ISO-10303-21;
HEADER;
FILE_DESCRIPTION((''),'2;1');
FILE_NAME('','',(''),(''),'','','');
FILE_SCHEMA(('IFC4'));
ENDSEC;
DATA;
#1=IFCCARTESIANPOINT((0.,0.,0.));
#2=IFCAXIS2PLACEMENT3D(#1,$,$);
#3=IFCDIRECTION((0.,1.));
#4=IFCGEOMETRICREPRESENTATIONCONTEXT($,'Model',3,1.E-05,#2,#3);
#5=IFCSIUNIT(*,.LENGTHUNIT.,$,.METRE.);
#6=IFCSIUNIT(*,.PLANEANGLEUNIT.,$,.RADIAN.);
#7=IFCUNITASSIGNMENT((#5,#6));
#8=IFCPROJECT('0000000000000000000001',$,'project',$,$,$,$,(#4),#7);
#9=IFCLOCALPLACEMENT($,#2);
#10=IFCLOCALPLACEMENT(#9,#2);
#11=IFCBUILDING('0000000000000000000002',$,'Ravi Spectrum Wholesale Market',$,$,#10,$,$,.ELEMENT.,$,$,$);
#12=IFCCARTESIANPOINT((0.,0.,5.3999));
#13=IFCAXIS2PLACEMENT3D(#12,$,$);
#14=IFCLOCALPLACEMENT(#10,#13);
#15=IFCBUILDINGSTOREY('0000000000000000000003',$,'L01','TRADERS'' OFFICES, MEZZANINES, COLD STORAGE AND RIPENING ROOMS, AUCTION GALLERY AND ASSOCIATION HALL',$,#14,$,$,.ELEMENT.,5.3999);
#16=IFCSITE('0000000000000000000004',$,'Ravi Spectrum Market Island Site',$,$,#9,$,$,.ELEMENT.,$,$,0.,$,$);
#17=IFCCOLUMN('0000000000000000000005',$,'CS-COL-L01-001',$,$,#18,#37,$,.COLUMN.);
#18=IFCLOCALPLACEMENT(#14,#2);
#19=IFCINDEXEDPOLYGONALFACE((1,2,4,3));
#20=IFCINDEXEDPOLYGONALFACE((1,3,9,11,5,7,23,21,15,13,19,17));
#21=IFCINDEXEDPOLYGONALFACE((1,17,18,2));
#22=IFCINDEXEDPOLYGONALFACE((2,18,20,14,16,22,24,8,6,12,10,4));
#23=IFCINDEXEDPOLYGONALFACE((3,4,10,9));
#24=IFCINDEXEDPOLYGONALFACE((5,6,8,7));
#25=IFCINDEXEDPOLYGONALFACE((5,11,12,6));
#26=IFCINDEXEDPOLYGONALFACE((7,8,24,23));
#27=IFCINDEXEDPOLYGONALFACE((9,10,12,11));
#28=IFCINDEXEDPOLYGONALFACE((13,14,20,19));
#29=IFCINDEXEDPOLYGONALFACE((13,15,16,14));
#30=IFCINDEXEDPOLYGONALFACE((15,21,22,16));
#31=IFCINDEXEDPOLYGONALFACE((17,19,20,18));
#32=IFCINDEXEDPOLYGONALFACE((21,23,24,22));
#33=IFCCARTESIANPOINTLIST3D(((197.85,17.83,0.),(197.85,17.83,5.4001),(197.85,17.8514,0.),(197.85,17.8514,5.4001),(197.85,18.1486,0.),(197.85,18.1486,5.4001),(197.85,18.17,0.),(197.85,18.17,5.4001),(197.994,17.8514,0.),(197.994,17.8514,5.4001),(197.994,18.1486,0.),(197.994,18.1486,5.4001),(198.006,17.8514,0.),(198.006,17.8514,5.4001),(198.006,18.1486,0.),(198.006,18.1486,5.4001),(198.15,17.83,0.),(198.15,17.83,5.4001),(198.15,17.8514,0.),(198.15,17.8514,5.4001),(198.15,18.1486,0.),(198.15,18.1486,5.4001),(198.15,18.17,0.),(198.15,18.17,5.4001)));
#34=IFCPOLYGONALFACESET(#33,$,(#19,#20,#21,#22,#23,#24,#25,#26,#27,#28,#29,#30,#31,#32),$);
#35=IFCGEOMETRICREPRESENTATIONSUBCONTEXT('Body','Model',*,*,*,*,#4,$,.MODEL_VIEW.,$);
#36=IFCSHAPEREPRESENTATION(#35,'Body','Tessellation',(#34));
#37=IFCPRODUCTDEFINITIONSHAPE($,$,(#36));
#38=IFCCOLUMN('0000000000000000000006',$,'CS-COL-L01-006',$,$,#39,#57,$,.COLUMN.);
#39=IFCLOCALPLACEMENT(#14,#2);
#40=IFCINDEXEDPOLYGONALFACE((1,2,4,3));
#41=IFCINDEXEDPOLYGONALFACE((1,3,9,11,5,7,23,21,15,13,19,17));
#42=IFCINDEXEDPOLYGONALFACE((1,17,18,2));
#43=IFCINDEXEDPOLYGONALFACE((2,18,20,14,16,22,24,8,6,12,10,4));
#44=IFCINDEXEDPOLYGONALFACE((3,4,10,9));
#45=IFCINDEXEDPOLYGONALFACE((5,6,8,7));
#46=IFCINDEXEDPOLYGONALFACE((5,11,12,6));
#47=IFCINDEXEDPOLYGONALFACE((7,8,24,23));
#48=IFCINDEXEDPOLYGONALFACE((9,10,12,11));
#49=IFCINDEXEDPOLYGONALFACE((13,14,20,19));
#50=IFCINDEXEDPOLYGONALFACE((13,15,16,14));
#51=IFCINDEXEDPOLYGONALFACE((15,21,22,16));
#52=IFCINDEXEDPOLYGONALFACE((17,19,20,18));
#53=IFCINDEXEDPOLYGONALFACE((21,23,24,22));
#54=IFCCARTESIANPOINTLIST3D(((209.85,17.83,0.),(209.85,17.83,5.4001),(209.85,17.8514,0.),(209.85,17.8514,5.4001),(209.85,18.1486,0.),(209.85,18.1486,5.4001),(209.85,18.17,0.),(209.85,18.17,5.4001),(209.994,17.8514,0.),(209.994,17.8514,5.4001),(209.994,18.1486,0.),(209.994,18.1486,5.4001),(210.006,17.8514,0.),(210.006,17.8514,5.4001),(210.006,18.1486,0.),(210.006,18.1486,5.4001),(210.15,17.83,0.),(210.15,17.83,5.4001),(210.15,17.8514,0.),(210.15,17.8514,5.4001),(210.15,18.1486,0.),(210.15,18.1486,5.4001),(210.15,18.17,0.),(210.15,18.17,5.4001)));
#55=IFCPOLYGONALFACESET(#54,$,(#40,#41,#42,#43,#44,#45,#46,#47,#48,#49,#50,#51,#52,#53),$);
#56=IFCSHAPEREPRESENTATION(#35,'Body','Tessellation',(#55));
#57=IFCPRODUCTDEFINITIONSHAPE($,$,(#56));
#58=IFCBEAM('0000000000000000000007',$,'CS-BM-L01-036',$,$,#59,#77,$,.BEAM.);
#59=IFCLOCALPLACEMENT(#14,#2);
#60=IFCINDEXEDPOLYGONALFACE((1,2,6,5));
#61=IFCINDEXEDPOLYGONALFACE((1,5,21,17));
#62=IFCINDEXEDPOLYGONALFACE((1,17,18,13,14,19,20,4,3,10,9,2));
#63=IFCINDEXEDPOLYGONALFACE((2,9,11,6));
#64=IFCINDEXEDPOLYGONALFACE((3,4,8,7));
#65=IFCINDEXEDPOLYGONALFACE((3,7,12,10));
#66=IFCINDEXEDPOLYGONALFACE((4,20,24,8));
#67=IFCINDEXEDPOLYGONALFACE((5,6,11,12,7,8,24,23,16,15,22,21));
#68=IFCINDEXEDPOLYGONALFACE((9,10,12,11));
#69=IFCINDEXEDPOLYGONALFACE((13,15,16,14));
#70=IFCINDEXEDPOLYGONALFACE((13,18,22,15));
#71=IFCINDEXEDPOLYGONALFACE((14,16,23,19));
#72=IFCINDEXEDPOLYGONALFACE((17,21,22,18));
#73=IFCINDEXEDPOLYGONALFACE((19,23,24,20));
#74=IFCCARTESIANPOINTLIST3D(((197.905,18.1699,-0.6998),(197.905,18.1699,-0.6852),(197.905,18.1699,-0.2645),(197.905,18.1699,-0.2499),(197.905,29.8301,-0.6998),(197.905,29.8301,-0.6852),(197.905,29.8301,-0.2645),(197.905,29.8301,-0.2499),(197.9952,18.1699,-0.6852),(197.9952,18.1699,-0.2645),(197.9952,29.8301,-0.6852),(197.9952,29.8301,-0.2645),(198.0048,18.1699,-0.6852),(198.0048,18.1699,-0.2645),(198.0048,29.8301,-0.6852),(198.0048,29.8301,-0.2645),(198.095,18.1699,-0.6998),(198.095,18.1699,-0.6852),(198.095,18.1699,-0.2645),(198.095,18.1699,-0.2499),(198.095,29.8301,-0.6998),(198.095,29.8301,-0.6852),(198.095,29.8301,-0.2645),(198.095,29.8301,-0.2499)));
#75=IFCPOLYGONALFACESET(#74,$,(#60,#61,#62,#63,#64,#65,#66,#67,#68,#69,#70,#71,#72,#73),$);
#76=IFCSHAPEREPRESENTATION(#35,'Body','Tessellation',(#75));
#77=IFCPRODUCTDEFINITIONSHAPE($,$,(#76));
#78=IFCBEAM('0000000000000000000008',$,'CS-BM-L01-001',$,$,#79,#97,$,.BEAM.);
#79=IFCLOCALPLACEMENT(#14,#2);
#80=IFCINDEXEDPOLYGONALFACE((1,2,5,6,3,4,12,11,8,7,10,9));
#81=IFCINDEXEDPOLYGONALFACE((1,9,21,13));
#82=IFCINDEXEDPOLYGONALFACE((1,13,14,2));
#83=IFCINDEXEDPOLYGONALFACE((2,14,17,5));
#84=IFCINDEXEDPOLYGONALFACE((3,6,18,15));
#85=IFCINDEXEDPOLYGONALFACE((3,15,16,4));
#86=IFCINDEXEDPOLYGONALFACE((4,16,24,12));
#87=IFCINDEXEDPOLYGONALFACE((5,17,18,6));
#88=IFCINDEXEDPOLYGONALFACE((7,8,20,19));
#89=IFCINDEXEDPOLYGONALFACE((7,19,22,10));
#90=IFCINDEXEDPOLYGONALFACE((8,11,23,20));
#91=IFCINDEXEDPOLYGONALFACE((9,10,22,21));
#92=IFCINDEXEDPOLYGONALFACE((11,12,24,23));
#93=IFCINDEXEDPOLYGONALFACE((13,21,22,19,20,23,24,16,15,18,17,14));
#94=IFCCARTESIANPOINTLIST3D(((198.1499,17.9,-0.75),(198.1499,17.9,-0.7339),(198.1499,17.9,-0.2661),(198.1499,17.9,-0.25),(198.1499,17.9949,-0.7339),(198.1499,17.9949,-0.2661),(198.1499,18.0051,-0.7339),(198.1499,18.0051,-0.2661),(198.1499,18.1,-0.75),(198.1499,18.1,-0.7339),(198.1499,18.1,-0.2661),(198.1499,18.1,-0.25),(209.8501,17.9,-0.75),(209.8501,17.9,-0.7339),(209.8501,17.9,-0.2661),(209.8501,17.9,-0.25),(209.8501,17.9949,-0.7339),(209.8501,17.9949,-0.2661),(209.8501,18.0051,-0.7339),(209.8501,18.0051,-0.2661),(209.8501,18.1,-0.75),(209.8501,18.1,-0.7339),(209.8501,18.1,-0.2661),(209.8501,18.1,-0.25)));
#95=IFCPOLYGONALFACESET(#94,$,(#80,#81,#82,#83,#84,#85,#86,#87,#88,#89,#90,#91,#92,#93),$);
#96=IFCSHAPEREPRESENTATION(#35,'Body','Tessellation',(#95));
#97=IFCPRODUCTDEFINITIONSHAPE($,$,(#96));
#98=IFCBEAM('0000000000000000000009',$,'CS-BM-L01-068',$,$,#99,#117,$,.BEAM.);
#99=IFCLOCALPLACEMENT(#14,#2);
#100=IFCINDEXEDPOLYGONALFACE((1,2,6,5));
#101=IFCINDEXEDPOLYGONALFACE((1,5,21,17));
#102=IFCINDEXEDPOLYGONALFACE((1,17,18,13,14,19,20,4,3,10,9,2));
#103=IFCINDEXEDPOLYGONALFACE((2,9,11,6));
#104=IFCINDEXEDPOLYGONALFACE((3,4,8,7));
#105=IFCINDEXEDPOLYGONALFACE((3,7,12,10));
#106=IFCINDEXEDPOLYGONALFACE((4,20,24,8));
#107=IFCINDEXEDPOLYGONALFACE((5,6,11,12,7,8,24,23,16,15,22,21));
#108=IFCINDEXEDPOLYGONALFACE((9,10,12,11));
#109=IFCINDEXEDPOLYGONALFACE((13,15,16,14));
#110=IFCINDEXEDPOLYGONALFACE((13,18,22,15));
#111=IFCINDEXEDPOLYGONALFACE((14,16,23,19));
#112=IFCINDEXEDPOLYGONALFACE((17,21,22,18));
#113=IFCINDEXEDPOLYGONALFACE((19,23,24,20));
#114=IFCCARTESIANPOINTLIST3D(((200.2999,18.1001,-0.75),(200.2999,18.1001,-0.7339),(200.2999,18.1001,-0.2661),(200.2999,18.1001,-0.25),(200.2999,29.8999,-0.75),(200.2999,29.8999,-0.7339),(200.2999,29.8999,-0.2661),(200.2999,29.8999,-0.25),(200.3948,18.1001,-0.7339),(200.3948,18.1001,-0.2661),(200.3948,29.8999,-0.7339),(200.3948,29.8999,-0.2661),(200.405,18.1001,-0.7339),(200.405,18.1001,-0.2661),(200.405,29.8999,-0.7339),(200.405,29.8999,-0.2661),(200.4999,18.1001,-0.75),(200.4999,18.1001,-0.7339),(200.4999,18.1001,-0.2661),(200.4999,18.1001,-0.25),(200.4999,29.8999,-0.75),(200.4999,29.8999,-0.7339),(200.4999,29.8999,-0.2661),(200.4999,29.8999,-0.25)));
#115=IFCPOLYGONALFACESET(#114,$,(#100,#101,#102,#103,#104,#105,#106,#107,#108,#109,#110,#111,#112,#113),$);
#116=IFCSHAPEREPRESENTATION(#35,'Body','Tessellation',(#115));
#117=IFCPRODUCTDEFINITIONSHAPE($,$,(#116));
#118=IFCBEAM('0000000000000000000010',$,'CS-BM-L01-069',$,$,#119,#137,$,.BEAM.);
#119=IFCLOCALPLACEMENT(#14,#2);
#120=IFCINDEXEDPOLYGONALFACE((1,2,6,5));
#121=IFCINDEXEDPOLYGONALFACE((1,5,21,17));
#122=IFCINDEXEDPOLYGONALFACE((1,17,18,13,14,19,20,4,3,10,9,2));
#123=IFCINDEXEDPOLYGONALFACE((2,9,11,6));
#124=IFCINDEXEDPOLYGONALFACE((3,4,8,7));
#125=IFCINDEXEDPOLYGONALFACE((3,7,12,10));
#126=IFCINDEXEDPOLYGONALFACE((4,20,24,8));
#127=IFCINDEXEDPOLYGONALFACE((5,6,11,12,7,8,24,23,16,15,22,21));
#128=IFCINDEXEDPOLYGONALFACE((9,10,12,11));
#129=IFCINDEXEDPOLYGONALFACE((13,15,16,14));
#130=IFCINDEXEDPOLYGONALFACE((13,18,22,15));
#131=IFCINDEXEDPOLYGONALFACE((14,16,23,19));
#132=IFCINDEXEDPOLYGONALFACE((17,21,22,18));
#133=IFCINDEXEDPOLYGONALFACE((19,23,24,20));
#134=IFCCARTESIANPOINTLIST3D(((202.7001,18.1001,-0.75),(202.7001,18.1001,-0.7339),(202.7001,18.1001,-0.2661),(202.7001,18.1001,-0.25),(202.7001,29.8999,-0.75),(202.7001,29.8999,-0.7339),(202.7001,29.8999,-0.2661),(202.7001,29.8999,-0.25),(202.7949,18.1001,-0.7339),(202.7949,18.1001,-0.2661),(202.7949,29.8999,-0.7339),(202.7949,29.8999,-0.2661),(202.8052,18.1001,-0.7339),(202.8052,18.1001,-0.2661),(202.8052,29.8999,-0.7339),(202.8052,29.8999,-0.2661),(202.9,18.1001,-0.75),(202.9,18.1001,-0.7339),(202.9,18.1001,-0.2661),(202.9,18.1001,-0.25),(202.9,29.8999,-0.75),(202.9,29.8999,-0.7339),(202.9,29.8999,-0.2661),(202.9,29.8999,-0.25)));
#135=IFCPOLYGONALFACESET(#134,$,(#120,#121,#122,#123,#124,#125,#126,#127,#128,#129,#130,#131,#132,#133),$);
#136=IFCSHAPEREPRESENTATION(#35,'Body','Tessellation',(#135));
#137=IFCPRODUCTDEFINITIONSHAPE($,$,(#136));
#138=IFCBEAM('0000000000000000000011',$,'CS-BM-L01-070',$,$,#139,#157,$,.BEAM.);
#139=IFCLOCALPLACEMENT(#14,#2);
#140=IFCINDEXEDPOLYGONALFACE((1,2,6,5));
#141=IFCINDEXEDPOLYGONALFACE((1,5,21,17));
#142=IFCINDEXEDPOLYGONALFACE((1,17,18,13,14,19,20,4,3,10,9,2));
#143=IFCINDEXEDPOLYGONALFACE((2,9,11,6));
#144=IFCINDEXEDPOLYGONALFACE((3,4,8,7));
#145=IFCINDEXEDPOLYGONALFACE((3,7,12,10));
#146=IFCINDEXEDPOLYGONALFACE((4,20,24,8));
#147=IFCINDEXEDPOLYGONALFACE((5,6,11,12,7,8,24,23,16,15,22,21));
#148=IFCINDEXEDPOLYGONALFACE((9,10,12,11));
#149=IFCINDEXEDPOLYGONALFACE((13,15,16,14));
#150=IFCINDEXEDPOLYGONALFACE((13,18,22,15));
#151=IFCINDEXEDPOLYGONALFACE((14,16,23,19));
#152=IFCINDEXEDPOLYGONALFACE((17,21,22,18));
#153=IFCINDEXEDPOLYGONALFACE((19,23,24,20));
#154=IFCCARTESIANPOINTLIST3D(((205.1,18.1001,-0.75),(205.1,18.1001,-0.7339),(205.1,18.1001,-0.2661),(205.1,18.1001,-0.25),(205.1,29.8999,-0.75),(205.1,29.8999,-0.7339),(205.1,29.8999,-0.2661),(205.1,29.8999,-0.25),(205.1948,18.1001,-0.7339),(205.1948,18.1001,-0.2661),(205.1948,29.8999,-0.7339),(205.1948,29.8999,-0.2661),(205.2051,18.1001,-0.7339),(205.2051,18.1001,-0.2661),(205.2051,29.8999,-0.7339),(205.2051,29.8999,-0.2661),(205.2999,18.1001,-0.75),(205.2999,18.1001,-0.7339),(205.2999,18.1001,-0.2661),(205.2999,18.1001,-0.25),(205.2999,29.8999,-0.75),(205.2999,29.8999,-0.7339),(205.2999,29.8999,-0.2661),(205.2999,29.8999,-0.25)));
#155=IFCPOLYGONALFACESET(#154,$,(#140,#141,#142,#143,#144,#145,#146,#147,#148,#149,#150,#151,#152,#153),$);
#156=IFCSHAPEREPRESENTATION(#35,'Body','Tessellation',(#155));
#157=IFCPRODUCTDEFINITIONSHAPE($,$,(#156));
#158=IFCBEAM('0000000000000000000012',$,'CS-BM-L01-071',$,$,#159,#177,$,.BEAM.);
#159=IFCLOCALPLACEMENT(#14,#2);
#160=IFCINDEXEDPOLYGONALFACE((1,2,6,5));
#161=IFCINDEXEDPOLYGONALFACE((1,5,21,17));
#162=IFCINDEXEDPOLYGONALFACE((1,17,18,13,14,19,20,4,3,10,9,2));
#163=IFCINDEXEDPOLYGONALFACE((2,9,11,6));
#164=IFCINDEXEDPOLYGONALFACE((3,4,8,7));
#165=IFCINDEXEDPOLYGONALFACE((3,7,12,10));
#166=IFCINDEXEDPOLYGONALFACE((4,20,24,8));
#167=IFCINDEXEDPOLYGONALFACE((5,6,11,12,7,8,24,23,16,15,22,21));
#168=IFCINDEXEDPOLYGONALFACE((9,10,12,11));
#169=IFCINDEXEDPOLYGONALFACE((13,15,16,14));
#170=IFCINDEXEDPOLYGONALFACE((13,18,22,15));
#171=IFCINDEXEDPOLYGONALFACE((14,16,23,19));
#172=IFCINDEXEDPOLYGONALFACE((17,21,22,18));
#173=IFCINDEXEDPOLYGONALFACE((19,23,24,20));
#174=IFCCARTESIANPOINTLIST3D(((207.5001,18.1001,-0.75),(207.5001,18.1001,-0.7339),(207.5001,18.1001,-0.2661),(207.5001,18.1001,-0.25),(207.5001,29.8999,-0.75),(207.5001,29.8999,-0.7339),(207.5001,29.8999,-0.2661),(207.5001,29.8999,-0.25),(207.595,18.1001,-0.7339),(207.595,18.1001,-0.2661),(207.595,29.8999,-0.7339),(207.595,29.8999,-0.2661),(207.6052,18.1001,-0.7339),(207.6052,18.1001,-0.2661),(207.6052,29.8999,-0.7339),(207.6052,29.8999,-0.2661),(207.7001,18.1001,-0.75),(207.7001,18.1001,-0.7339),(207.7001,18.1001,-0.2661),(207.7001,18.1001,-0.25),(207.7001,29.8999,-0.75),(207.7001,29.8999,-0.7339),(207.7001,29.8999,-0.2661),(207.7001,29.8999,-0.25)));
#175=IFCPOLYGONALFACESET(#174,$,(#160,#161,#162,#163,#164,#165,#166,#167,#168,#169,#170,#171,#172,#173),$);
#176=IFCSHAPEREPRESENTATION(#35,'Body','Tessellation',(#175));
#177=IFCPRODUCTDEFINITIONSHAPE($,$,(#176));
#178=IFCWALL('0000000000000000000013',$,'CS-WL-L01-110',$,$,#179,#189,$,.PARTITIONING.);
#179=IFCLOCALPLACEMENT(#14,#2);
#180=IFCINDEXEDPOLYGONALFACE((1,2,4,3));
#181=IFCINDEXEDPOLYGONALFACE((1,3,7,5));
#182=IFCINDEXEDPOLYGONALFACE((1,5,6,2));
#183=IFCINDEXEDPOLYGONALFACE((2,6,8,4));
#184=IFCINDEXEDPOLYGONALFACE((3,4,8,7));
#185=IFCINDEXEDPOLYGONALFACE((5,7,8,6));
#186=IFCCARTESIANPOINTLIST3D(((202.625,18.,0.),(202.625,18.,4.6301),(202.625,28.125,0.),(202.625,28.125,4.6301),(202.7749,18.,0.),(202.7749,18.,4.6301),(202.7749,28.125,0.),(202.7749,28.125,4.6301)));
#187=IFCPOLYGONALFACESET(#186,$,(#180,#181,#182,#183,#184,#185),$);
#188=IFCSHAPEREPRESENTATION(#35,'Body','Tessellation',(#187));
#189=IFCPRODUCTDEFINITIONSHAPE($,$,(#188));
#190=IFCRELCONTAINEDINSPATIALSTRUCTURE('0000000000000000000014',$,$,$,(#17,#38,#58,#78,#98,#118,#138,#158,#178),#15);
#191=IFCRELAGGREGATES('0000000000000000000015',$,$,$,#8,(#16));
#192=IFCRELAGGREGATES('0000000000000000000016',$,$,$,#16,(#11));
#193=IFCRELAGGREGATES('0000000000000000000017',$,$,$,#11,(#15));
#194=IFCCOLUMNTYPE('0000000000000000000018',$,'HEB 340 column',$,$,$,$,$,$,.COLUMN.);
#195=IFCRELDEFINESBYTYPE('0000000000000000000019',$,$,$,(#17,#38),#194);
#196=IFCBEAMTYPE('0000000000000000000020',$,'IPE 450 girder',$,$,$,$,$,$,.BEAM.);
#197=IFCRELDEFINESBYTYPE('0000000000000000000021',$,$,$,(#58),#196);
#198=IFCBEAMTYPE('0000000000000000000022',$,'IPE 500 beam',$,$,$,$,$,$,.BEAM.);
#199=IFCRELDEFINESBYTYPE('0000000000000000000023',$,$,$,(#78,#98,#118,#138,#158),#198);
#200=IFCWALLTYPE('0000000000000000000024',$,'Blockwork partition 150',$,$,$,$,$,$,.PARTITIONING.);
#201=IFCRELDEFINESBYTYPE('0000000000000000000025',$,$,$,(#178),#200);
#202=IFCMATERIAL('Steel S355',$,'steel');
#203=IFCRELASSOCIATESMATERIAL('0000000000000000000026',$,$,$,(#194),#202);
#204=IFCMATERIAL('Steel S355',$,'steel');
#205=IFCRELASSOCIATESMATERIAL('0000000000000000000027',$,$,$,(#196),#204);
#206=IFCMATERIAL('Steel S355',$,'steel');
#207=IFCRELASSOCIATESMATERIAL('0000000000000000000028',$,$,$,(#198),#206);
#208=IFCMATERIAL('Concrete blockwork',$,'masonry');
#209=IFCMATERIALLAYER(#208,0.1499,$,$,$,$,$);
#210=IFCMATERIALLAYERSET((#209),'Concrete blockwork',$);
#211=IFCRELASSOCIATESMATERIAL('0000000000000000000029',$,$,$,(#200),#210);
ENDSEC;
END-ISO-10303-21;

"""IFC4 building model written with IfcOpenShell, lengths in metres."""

from ifc_helpers import new_model, si_unit, direction, frame, frame_2d, origin, origin_2d, place, context, subcontext, project, spatial, rectangle, i_section, extrude, material, layer, layer_set, material_profile, profile_set, type_object, element, save


model = new_model("IFC4")

# Units and contexts
model_context = context("Model", 3, precision=1e-05, world=origin(), true_north=direction((0.0, 1.0)))
body_context = subcontext(model_context, "Body", "Model", "MODEL_VIEW")
ifc_project = project(units=[si_unit("LENGTHUNIT", "METRE"), si_unit("PLANEANGLEUNIT", "RADIAN")], contexts=[model_context])

# Site, building, storey
site_placement = place(None, origin())
site = spatial("IfcSite", under=ifc_project, at=site_placement, Name="Ravi Spectrum Market Island Site", CompositionType="ELEMENT", RefElevation=0.0)
building_placement = place(site_placement, origin())
building = spatial("IfcBuilding", under=site, at=building_placement, Name="Ravi Spectrum Wholesale Market", CompositionType="ELEMENT")
storey_placement = place(building_placement, frame((0.0, 0.0, 5.3999)))
storey = spatial("IfcBuildingStorey", under=building, at=storey_placement, Name="L01", Description="TRADERS' OFFICES, MEZZANINES, COLD STORAGE AND RIPENING ROOMS, AUCTION GALLERY AND ASSOCIATION HALL", CompositionType="ELEMENT", Elevation=5.3999)

# Columns
ifc_material_1 = material(Name="Steel S355", Category="steel")
ifc_material_profile_1 = material_profile(ifc_material_1, i_section(OverallWidth=0.3, OverallDepth=0.3401, WebThickness=0.012, FlangeThickness=0.0215, at=origin_2d()))
ifc_profile_set_1 = profile_set([ifc_material_profile_1], Name="Steel S355")
column_type = type_object("IfcColumnType", Name="HEB 340 column", PredefinedType="COLUMN", material=ifc_profile_set_1)
for number, where, z_axis, x_axis, name in (
    (1, (198.0, 18.0, 0.0), (0.0, 0.0, 1.0), (1.0, 0.0, 0.0), "CS-COL-L01-001"),
    (2, (210.0, 18.0, 0.0), (0.0, 0.0, 1.0), (1.0, 0.0, 0.0), "CS-COL-L01-006"),
):
    element("IfcColumn", number, at=place(storey_placement, frame(where, z_axis=z_axis, x_axis=x_axis)), inside=storey, type_object=column_type, Name=name, PredefinedType="COLUMN", context=body_context, shape_type="SweptSolid", body=[
        extrude(i_section(OverallWidth=0.3, OverallDepth=0.3401, WebThickness=0.012, FlangeThickness=0.0215, at=origin_2d()), origin(), (0.0, 0.0, 1.0), 5.4001),
    ])

# Beams
ifc_material_2 = material(Name="Steel S355", Category="steel")
ifc_material_profile_2 = material_profile(ifc_material_2, i_section(OverallWidth=0.1899, OverallDepth=0.45, WebThickness=0.0095, FlangeThickness=0.0146, at=origin_2d()))
ifc_profile_set_2 = profile_set([ifc_material_profile_2], Name="Steel S355")
beam_type_1 = type_object("IfcBeamType", Name="IPE 450 girder", PredefinedType="BEAM", material=ifc_profile_set_2)
beam_1_placement = place(storey_placement, frame((198.0, 18.1699, -0.4749), z_axis=(0.0, 1.0, 0.0), x_axis=(-1.0, 0.0, 0.0)))
element("IfcBeam", 3, at=beam_1_placement, inside=storey, type_object=beam_type_1, Name="CS-BM-L01-036", PredefinedType="BEAM", context=body_context, shape_type="SweptSolid", body=[
    extrude(i_section(OverallWidth=0.1899, OverallDepth=0.45, WebThickness=0.0095, FlangeThickness=0.0146, at=origin_2d()), origin(), (0.0, 0.0, 1.0), 11.6602),
])
ifc_material_3 = material(Name="Steel S355", Category="steel")
ifc_material_profile_3 = material_profile(ifc_material_3, i_section(OverallWidth=0.2, OverallDepth=0.5, WebThickness=0.0103, FlangeThickness=0.0161, at=origin_2d()))
ifc_profile_set_3 = profile_set([ifc_material_profile_3], Name="Steel S355")
beam_type_2 = type_object("IfcBeamType", Name="IPE 500 beam", PredefinedType="BEAM", material=ifc_profile_set_3)
beam_2_placement = place(storey_placement, frame((198.1499, 18.0, -0.5), z_axis=(1.0, 0.0, 0.0), x_axis=(0.0, 1.0, 0.0)))
element("IfcBeam", 4, at=beam_2_placement, inside=storey, type_object=beam_type_2, Name="CS-BM-L01-001", PredefinedType="BEAM", context=body_context, shape_type="SweptSolid", body=[
    extrude(i_section(OverallWidth=0.2, OverallDepth=0.5, WebThickness=0.0103, FlangeThickness=0.0161, at=origin_2d()), origin(), (0.0, 0.0, 1.0), 11.7002),
])
for number, where, z_axis, x_axis, name in (
    (5, (200.3999, 18.1001, -0.5), (0.0, 1.0, 0.0), (-1.0, 0.0, 0.0), "CS-BM-L01-068"),
    (6, (202.8, 18.1001, -0.5), (0.0, 1.0, 0.0), (-1.0, 0.0, 0.0), "CS-BM-L01-069"),
    (7, (205.2, 18.1001, -0.5), (0.0, 1.0, 0.0), (-1.0, 0.0, 0.0), "CS-BM-L01-070"),
    (8, (207.6001, 18.1001, -0.5), (0.0, 1.0, 0.0), (-1.0, 0.0, 0.0), "CS-BM-L01-071"),
):
    element("IfcBeam", number, at=place(storey_placement, frame(where, z_axis=z_axis, x_axis=x_axis)), inside=storey, type_object=beam_type_2, Name=name, PredefinedType="BEAM", context=body_context, shape_type="SweptSolid", body=[
        extrude(i_section(OverallWidth=0.2, OverallDepth=0.5, WebThickness=0.0103, FlangeThickness=0.0161, at=origin_2d()), origin(), (0.0, 0.0, 1.0), 11.7998),
    ])

# Wall
ifc_material_4 = material(Name="Concrete blockwork", Category="masonry")
ifc_layer_1 = layer(ifc_material_4, 0.1499)
ifc_layer_set_1 = layer_set([ifc_layer_1], Name="Concrete blockwork")
wall_type_1 = type_object("IfcWallType", Name="Blockwork partition 150", PredefinedType="PARTITIONING", material=ifc_layer_set_1)
wall_1_placement = place(storey_placement, frame((202.7, 18.0, 0.0), z_axis=(0.0, 0.0, 1.0), x_axis=(0.0, 1.0, 0.0)))
element("IfcWall", 9, at=wall_1_placement, inside=storey, type_object=wall_type_1, Name="CS-WL-L01-110", PredefinedType="PARTITIONING", context=body_context, shape_type="SweptSolid", body=[
    extrude(rectangle(XDim=10.125, YDim=0.1499, at=frame_2d((5.0625, 0.0))), origin(), (0.0, 0.0, 1.0), 4.6301),
])

save(model, "model.ifc")
